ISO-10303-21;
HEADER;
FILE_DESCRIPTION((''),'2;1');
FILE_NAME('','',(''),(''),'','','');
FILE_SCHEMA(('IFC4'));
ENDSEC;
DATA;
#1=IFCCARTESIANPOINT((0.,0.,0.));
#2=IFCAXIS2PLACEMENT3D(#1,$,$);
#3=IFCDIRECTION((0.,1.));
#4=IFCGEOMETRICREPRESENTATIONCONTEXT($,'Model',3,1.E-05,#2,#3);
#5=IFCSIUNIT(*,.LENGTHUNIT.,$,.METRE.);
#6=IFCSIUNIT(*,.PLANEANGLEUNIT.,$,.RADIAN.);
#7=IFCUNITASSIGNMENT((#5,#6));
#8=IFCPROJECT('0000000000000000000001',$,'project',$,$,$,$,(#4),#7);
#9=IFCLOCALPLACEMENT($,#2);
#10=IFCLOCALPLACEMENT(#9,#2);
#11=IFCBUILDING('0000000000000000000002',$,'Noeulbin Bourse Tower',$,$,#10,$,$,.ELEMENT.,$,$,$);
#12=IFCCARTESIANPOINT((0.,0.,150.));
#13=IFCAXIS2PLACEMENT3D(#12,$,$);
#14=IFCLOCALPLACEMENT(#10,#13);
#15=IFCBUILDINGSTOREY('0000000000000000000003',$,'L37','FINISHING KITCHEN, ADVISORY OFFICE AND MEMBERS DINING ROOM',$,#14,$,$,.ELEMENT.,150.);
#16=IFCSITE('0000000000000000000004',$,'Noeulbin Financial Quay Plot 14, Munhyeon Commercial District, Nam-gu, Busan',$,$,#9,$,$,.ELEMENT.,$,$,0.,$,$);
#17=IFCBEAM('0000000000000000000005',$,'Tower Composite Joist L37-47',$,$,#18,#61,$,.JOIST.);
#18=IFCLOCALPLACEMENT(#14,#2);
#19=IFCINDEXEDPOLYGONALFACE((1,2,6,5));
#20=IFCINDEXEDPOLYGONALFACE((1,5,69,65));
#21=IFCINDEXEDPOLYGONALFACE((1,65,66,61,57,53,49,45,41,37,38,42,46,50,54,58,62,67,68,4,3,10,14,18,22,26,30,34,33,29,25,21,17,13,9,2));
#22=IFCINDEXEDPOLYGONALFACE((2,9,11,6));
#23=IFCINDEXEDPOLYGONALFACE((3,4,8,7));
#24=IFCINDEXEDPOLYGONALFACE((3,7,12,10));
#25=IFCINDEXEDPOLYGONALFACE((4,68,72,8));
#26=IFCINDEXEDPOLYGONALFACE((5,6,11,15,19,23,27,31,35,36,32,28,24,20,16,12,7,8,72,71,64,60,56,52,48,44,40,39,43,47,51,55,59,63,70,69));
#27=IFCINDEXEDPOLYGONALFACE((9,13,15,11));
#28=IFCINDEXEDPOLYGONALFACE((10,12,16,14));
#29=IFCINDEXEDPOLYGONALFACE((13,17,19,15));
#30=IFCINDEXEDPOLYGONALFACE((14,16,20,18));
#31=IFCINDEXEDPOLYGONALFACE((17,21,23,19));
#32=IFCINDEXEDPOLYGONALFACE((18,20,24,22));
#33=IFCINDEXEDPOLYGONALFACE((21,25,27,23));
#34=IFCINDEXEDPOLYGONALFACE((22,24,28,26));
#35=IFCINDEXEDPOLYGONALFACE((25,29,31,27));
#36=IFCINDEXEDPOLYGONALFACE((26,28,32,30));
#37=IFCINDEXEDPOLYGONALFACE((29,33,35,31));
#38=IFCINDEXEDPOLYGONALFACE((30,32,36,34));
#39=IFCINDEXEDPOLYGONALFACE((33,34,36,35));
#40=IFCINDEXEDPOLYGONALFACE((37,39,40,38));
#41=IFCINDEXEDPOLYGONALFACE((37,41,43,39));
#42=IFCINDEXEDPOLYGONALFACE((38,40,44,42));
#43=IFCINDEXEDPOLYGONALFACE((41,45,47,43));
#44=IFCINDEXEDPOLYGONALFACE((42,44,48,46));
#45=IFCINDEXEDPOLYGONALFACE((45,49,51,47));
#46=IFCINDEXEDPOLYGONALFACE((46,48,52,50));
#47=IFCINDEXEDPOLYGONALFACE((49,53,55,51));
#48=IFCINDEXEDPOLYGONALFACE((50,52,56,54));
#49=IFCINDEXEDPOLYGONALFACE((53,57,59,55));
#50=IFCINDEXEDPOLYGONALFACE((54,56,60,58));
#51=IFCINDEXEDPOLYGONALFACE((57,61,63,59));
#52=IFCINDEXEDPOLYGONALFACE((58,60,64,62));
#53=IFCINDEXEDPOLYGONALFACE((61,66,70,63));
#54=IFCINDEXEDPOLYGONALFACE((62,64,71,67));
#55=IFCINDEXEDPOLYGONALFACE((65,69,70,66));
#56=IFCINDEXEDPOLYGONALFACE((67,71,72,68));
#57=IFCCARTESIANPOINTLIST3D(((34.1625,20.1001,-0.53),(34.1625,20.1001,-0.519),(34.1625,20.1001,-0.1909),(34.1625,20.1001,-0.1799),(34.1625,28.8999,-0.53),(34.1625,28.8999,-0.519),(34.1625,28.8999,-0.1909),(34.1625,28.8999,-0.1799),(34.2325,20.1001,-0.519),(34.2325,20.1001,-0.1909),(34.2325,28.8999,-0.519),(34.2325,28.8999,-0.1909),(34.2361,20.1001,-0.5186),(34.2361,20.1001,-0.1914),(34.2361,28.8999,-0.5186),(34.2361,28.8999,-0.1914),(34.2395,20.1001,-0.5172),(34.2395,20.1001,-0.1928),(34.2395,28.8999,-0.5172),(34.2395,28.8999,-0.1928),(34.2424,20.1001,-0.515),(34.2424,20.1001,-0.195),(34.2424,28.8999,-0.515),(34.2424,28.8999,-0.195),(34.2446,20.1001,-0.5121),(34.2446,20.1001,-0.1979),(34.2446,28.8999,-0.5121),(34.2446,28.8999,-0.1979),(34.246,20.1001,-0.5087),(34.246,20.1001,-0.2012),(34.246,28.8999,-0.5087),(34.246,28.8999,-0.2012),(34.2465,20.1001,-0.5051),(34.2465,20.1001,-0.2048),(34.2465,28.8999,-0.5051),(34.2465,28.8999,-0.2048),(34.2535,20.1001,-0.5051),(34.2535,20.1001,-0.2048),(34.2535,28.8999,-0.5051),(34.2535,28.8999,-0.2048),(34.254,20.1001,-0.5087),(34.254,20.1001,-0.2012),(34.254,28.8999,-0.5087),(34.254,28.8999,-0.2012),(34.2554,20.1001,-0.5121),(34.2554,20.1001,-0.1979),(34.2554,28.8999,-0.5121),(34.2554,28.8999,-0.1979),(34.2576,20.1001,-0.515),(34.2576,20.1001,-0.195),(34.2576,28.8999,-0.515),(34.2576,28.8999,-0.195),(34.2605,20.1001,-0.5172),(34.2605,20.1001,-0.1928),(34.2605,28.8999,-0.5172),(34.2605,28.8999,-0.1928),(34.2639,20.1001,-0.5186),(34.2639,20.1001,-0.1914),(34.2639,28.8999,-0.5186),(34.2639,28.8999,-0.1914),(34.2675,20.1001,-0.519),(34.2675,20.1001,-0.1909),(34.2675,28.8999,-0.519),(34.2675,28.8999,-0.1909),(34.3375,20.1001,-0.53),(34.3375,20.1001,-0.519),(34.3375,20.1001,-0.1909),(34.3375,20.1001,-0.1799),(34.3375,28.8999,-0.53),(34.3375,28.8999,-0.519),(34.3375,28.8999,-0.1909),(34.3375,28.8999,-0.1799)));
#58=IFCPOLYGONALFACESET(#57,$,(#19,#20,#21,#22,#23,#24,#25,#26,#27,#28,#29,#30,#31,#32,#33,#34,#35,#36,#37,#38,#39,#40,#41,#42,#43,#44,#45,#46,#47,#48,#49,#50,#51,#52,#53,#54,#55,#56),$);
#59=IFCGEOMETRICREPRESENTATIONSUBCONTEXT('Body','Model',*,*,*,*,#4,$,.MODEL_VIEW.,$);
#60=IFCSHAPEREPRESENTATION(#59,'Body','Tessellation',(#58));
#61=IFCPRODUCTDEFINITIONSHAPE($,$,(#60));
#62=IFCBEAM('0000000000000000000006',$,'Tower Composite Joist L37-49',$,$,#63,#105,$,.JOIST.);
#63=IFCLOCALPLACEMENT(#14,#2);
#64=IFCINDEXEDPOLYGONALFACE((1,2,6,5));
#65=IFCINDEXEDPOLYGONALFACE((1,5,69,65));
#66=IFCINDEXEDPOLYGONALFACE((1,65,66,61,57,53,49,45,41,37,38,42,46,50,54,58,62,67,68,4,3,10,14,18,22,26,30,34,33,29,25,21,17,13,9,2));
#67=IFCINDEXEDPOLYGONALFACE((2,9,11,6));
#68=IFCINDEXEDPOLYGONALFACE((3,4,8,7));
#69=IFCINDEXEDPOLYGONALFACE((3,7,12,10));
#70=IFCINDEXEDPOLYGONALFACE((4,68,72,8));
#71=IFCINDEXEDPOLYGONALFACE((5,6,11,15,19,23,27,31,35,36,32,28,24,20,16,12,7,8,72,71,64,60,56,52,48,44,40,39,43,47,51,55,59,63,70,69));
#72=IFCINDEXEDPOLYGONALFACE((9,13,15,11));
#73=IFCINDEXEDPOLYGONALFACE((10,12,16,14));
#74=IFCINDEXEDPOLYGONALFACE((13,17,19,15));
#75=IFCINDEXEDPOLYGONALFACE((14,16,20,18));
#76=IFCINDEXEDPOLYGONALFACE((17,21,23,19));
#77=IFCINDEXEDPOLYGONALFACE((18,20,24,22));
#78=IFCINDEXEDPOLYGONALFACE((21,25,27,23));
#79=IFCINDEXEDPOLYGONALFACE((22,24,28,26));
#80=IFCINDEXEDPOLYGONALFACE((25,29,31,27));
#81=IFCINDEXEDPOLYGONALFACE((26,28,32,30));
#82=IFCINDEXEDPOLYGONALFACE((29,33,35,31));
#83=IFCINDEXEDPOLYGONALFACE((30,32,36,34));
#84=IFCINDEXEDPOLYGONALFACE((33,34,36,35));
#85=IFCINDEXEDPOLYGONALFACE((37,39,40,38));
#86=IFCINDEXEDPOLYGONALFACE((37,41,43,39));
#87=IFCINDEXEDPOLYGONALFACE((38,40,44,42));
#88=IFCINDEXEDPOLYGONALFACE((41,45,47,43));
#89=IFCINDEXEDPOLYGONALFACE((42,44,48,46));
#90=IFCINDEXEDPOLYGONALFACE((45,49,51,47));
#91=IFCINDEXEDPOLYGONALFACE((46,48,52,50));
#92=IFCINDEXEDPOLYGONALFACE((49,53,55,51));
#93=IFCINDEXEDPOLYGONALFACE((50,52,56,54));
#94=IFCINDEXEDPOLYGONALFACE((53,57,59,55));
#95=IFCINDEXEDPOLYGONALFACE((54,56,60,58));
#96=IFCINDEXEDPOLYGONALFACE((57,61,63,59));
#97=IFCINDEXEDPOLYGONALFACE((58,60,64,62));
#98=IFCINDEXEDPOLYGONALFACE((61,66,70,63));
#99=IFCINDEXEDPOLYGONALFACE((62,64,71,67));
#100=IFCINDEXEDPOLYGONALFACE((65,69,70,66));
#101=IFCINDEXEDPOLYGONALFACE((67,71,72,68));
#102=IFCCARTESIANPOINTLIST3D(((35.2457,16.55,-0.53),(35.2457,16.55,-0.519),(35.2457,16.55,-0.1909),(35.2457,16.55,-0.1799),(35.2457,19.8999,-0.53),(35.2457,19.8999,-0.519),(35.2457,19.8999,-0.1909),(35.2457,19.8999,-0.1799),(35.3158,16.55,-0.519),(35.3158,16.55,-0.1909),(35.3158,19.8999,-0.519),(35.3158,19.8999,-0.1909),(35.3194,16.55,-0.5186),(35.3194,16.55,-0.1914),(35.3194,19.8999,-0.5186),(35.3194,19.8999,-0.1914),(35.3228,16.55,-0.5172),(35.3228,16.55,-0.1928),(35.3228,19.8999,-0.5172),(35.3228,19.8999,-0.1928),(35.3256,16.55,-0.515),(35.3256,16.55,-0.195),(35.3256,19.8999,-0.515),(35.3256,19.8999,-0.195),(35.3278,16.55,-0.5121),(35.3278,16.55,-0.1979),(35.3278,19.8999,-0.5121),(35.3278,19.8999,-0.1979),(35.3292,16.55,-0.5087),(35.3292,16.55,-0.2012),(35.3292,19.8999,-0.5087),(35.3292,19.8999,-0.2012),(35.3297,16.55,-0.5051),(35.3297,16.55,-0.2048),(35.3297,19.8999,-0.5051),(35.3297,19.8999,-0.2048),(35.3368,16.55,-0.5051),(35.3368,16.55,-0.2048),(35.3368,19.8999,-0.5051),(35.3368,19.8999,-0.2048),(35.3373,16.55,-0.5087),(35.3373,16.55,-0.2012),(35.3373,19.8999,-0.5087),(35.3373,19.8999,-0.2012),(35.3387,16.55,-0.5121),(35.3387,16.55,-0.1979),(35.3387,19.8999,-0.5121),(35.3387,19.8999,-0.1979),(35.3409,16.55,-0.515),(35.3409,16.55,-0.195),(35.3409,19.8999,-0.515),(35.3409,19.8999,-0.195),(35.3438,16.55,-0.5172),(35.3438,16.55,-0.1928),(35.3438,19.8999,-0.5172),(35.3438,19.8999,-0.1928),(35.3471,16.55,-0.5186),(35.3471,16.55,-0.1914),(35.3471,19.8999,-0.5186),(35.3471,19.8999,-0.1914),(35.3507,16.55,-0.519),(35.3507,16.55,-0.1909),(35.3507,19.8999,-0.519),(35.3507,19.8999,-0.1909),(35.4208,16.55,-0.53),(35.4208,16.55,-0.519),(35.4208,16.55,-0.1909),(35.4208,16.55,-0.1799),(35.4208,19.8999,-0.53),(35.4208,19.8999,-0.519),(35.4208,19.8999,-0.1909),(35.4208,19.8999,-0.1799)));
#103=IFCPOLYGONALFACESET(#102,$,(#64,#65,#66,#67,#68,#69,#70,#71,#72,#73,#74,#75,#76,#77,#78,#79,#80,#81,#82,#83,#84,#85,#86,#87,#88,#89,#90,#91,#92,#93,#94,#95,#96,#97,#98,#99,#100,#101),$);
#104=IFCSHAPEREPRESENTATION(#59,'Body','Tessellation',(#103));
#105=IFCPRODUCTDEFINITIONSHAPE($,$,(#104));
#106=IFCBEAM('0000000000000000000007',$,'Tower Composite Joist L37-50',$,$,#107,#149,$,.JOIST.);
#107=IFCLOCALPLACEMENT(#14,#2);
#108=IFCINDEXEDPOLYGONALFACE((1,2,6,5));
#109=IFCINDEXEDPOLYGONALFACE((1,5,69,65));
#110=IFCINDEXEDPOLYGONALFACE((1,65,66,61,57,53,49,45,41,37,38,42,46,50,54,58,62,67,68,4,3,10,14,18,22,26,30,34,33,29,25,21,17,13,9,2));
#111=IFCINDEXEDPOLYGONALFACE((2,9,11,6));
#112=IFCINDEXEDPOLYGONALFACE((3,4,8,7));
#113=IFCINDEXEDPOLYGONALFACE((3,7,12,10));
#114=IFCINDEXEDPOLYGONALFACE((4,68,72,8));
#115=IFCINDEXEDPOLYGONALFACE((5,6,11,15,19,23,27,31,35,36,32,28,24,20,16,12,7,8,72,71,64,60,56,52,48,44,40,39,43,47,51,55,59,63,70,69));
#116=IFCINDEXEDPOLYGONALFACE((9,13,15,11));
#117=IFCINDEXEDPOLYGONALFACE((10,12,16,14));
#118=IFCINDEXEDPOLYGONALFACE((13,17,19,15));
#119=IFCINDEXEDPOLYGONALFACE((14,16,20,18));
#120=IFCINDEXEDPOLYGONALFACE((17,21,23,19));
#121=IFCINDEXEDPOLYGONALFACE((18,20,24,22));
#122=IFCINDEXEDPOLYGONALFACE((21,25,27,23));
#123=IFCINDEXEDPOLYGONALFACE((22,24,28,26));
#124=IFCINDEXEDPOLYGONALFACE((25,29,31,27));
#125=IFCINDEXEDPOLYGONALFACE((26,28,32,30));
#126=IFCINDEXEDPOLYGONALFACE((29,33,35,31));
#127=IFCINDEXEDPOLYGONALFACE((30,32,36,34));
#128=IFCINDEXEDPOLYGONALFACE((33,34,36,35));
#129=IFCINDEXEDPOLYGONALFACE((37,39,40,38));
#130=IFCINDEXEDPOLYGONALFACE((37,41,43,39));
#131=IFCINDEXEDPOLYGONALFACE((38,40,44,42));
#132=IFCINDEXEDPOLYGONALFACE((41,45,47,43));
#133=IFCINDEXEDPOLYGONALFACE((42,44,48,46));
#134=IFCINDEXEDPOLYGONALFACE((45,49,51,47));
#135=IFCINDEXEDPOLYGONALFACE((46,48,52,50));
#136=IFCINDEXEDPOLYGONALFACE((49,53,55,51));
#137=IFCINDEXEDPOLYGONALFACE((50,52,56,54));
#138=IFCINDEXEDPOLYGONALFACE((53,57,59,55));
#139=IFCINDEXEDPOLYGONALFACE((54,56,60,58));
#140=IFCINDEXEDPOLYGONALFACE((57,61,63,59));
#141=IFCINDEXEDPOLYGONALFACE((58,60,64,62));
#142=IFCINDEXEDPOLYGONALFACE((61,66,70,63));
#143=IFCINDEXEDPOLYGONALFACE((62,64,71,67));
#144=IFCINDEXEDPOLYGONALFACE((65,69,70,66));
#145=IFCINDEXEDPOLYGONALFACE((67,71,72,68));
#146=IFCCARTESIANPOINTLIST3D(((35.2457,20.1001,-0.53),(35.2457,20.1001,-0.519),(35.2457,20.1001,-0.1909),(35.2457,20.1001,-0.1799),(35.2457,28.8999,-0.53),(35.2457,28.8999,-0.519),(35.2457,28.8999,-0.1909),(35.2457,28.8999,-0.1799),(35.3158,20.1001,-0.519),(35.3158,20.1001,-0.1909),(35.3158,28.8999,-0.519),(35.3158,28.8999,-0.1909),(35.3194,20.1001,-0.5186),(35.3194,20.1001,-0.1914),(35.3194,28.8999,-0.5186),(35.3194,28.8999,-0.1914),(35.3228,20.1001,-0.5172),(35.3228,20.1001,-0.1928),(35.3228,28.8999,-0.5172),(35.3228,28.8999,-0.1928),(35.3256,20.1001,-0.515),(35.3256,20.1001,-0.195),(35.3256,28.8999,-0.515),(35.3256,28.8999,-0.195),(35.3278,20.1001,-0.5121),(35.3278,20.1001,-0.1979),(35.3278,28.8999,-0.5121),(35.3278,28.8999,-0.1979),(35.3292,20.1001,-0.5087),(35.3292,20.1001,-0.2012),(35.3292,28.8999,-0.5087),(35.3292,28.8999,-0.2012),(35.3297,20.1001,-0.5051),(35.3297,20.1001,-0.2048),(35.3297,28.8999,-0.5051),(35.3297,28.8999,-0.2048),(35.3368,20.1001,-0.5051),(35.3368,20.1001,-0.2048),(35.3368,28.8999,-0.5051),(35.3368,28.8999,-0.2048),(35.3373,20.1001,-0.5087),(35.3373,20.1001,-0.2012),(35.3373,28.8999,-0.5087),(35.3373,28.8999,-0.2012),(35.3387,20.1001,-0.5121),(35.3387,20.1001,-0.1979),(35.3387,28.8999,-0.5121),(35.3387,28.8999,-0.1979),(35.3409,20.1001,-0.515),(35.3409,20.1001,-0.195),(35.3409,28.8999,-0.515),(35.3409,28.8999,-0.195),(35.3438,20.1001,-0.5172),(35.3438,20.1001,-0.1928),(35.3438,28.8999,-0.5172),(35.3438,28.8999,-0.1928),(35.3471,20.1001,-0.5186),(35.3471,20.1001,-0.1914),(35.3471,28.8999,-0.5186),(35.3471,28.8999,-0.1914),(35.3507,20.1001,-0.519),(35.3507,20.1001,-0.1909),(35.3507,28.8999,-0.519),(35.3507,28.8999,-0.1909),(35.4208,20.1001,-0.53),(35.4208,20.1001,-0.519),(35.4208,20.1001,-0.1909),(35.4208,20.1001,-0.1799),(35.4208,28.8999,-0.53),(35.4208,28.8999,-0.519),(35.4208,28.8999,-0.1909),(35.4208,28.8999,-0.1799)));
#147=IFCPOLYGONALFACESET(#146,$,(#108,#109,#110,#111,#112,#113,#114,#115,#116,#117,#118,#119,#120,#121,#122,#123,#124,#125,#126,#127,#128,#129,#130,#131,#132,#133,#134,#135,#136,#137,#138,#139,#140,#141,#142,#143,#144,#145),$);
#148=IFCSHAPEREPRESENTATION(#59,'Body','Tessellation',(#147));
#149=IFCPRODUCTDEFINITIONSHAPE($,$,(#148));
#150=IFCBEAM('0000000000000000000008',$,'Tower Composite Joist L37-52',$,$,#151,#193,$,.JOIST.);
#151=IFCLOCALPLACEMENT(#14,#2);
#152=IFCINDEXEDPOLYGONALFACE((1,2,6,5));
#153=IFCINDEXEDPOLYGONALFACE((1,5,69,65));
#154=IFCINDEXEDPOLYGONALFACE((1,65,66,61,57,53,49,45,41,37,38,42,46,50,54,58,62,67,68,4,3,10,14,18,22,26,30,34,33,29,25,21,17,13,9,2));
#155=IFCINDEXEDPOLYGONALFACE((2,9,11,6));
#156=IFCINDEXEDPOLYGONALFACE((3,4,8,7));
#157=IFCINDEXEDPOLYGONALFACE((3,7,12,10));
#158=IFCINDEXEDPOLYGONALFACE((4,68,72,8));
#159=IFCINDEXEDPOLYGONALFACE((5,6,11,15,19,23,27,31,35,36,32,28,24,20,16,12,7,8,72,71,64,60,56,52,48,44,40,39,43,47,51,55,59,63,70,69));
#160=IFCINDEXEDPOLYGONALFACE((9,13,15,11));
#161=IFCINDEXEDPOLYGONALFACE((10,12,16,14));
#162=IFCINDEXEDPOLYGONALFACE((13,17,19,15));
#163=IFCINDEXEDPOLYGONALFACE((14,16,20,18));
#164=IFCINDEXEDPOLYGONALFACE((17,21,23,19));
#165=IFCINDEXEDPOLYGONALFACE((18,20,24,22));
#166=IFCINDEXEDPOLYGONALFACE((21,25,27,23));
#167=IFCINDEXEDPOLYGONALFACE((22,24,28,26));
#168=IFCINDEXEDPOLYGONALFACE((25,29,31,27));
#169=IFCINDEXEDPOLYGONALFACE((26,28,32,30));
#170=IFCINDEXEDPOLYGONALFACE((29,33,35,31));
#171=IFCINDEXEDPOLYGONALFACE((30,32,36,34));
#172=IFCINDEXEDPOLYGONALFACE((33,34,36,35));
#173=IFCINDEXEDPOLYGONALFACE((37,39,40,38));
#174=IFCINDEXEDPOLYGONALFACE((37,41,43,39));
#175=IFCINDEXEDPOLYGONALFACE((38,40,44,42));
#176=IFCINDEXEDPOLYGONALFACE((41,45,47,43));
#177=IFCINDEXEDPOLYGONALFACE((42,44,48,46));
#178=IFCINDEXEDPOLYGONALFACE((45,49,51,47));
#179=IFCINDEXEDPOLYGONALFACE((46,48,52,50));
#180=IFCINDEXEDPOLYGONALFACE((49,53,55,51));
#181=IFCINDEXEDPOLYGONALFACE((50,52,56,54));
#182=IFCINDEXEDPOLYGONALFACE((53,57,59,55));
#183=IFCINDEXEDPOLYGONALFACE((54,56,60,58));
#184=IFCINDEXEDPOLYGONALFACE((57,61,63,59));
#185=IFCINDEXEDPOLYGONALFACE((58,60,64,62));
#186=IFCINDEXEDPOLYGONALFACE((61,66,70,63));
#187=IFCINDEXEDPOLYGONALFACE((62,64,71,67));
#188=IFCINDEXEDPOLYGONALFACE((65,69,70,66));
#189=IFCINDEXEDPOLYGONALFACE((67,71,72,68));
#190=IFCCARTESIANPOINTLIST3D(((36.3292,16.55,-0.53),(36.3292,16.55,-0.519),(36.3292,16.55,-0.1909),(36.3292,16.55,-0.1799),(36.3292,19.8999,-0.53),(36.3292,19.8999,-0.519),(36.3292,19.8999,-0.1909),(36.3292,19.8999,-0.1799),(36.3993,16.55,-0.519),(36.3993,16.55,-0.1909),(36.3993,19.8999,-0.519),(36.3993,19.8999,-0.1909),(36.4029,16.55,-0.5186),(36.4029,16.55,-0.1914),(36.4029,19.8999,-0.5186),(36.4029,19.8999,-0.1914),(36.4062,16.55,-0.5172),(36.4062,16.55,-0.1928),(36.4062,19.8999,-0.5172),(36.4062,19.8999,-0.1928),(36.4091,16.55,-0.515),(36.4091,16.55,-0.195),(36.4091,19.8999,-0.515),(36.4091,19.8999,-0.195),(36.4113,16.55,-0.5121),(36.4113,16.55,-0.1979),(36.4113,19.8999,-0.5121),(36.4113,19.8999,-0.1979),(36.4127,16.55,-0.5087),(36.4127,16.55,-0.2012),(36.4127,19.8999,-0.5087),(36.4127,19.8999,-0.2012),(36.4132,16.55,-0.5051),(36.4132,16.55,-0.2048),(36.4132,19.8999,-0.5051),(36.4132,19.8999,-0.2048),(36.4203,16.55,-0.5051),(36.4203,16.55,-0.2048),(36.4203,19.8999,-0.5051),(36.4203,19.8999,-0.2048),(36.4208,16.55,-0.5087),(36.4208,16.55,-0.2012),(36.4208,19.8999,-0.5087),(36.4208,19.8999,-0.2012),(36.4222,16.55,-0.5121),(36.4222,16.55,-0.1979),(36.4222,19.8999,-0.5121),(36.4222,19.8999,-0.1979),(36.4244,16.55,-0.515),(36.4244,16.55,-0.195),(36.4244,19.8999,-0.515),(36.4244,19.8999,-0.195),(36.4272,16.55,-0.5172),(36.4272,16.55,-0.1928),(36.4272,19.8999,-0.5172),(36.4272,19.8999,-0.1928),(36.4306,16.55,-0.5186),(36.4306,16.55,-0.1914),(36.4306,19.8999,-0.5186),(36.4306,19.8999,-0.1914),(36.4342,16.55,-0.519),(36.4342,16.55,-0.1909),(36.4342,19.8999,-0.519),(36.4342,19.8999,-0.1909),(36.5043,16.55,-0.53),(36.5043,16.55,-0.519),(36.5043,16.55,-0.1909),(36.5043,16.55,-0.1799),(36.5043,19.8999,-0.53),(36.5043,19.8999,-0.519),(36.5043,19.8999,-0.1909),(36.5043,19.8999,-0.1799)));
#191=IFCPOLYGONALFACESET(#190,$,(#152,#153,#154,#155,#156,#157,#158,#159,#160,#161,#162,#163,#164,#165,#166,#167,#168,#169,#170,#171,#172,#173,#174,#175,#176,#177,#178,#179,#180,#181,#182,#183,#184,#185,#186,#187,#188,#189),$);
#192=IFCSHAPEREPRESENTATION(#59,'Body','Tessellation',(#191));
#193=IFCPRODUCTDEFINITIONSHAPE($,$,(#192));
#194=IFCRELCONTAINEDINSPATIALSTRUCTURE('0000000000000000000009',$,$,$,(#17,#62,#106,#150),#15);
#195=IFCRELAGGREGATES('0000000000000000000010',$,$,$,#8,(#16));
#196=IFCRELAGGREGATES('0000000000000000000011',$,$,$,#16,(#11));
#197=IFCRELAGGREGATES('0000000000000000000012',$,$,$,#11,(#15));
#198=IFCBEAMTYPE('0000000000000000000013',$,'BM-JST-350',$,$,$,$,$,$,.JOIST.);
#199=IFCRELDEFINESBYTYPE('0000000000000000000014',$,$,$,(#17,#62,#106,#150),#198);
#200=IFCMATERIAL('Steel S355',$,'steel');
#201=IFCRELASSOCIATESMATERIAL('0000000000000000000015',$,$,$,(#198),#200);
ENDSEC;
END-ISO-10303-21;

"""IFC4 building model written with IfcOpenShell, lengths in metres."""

from ifc_helpers import new_model, si_unit, direction, frame, origin, origin_2d, place, context, subcontext, project, spatial, i_section, extrude, material, material_profile, profile_set, type_object, element, save


model = new_model("IFC4")

# Units and contexts
model_context = context("Model", 3, precision=1e-05, world=origin(), true_north=direction((0.0, 1.0)))
body_context = subcontext(model_context, "Body", "Model", "MODEL_VIEW")
ifc_project = project(units=[si_unit("LENGTHUNIT", "METRE"), si_unit("PLANEANGLEUNIT", "RADIAN")], contexts=[model_context])

# Site, building, storey
site_placement = place(None, origin())
site = spatial("IfcSite", under=ifc_project, at=site_placement, Name="Noeulbin Financial Quay Plot 14, Munhyeon Commercial District, Nam-gu, Busan", CompositionType="ELEMENT", RefElevation=0.0)
building_placement = place(site_placement, origin())
building = spatial("IfcBuilding", under=site, at=building_placement, Name="Noeulbin Bourse Tower", CompositionType="ELEMENT")
storey_placement = place(building_placement, frame((0.0, 0.0, 150.0)))
storey = spatial("IfcBuildingStorey", under=building, at=storey_placement, Name="L37", Description="FINISHING KITCHEN, ADVISORY OFFICE AND MEMBERS DINING ROOM", CompositionType="ELEMENT", Elevation=150.0)

# Beams
ifc_material_1 = material(Name="Steel S355", Category="steel")
ifc_material_profile_1 = material_profile(ifc_material_1, i_section(OverallWidth=0.175, OverallDepth=0.3501, WebThickness=0.0071, FlangeThickness=0.011, FilletRadius=0.0139, at=origin_2d()), Name="H-350x175x7x11", Category="LoadBearing")
ifc_profile_set_1 = profile_set([ifc_material_profile_1], Name="Steel S355")
beam_type_1 = type_object("IfcBeamType", Name="BM-JST-350", PredefinedType="JOIST", material=ifc_profile_set_1)
beam_1_placement = place(storey_placement, frame((34.25, 20.1001, -0.355), z_axis=(0.0, 1.0, 0.0), x_axis=(-1.0, 0.0, 0.0)))
element("IfcBeam", 1, at=beam_1_placement, inside=storey, type_object=beam_type_1, Name="Tower Composite Joist L37-47", PredefinedType="JOIST", context=body_context, shape_type="SweptSolid", body=[
    extrude(i_section(OverallWidth=0.175, OverallDepth=0.3501, WebThickness=0.0071, FlangeThickness=0.011, FilletRadius=0.0139, at=origin_2d()), origin(), (0.0, 0.0, 1.0), 8.7998),
])
beam_2_placement = place(storey_placement, frame((35.3333, 16.55, -0.355), z_axis=(0.0, 1.0, 0.0), x_axis=(-1.0, 0.0, 0.0)))
element("IfcBeam", 2, at=beam_2_placement, inside=storey, type_object=beam_type_1, Name="Tower Composite Joist L37-49", PredefinedType="JOIST", context=body_context, shape_type="SweptSolid", body=[
    extrude(i_section(OverallWidth=0.175, OverallDepth=0.3501, WebThickness=0.0071, FlangeThickness=0.011, FilletRadius=0.0139, at=origin_2d()), origin(), (0.0, 0.0, 1.0), 3.3499),
])
beam_3_placement = place(storey_placement, frame((35.3333, 20.1001, -0.355), z_axis=(0.0, 1.0, 0.0), x_axis=(-1.0, 0.0, 0.0)))
element("IfcBeam", 3, at=beam_3_placement, inside=storey, type_object=beam_type_1, Name="Tower Composite Joist L37-50", PredefinedType="JOIST", context=body_context, shape_type="SweptSolid", body=[
    extrude(i_section(OverallWidth=0.175, OverallDepth=0.3501, WebThickness=0.0071, FlangeThickness=0.011, FilletRadius=0.0139, at=origin_2d()), origin(), (0.0, 0.0, 1.0), 8.7998),
])
beam_4_placement = place(storey_placement, frame((36.4167, 16.55, -0.355), z_axis=(0.0, 1.0, 0.0), x_axis=(-1.0, 0.0, 0.0)))
element("IfcBeam", 4, at=beam_4_placement, inside=storey, type_object=beam_type_1, Name="Tower Composite Joist L37-52", PredefinedType="JOIST", context=body_context, shape_type="SweptSolid", body=[
    extrude(i_section(OverallWidth=0.175, OverallDepth=0.3501, WebThickness=0.0071, FlangeThickness=0.011, FilletRadius=0.0139, at=origin_2d()), origin(), (0.0, 0.0, 1.0), 3.3499),
])

save(model, "model.ifc")
